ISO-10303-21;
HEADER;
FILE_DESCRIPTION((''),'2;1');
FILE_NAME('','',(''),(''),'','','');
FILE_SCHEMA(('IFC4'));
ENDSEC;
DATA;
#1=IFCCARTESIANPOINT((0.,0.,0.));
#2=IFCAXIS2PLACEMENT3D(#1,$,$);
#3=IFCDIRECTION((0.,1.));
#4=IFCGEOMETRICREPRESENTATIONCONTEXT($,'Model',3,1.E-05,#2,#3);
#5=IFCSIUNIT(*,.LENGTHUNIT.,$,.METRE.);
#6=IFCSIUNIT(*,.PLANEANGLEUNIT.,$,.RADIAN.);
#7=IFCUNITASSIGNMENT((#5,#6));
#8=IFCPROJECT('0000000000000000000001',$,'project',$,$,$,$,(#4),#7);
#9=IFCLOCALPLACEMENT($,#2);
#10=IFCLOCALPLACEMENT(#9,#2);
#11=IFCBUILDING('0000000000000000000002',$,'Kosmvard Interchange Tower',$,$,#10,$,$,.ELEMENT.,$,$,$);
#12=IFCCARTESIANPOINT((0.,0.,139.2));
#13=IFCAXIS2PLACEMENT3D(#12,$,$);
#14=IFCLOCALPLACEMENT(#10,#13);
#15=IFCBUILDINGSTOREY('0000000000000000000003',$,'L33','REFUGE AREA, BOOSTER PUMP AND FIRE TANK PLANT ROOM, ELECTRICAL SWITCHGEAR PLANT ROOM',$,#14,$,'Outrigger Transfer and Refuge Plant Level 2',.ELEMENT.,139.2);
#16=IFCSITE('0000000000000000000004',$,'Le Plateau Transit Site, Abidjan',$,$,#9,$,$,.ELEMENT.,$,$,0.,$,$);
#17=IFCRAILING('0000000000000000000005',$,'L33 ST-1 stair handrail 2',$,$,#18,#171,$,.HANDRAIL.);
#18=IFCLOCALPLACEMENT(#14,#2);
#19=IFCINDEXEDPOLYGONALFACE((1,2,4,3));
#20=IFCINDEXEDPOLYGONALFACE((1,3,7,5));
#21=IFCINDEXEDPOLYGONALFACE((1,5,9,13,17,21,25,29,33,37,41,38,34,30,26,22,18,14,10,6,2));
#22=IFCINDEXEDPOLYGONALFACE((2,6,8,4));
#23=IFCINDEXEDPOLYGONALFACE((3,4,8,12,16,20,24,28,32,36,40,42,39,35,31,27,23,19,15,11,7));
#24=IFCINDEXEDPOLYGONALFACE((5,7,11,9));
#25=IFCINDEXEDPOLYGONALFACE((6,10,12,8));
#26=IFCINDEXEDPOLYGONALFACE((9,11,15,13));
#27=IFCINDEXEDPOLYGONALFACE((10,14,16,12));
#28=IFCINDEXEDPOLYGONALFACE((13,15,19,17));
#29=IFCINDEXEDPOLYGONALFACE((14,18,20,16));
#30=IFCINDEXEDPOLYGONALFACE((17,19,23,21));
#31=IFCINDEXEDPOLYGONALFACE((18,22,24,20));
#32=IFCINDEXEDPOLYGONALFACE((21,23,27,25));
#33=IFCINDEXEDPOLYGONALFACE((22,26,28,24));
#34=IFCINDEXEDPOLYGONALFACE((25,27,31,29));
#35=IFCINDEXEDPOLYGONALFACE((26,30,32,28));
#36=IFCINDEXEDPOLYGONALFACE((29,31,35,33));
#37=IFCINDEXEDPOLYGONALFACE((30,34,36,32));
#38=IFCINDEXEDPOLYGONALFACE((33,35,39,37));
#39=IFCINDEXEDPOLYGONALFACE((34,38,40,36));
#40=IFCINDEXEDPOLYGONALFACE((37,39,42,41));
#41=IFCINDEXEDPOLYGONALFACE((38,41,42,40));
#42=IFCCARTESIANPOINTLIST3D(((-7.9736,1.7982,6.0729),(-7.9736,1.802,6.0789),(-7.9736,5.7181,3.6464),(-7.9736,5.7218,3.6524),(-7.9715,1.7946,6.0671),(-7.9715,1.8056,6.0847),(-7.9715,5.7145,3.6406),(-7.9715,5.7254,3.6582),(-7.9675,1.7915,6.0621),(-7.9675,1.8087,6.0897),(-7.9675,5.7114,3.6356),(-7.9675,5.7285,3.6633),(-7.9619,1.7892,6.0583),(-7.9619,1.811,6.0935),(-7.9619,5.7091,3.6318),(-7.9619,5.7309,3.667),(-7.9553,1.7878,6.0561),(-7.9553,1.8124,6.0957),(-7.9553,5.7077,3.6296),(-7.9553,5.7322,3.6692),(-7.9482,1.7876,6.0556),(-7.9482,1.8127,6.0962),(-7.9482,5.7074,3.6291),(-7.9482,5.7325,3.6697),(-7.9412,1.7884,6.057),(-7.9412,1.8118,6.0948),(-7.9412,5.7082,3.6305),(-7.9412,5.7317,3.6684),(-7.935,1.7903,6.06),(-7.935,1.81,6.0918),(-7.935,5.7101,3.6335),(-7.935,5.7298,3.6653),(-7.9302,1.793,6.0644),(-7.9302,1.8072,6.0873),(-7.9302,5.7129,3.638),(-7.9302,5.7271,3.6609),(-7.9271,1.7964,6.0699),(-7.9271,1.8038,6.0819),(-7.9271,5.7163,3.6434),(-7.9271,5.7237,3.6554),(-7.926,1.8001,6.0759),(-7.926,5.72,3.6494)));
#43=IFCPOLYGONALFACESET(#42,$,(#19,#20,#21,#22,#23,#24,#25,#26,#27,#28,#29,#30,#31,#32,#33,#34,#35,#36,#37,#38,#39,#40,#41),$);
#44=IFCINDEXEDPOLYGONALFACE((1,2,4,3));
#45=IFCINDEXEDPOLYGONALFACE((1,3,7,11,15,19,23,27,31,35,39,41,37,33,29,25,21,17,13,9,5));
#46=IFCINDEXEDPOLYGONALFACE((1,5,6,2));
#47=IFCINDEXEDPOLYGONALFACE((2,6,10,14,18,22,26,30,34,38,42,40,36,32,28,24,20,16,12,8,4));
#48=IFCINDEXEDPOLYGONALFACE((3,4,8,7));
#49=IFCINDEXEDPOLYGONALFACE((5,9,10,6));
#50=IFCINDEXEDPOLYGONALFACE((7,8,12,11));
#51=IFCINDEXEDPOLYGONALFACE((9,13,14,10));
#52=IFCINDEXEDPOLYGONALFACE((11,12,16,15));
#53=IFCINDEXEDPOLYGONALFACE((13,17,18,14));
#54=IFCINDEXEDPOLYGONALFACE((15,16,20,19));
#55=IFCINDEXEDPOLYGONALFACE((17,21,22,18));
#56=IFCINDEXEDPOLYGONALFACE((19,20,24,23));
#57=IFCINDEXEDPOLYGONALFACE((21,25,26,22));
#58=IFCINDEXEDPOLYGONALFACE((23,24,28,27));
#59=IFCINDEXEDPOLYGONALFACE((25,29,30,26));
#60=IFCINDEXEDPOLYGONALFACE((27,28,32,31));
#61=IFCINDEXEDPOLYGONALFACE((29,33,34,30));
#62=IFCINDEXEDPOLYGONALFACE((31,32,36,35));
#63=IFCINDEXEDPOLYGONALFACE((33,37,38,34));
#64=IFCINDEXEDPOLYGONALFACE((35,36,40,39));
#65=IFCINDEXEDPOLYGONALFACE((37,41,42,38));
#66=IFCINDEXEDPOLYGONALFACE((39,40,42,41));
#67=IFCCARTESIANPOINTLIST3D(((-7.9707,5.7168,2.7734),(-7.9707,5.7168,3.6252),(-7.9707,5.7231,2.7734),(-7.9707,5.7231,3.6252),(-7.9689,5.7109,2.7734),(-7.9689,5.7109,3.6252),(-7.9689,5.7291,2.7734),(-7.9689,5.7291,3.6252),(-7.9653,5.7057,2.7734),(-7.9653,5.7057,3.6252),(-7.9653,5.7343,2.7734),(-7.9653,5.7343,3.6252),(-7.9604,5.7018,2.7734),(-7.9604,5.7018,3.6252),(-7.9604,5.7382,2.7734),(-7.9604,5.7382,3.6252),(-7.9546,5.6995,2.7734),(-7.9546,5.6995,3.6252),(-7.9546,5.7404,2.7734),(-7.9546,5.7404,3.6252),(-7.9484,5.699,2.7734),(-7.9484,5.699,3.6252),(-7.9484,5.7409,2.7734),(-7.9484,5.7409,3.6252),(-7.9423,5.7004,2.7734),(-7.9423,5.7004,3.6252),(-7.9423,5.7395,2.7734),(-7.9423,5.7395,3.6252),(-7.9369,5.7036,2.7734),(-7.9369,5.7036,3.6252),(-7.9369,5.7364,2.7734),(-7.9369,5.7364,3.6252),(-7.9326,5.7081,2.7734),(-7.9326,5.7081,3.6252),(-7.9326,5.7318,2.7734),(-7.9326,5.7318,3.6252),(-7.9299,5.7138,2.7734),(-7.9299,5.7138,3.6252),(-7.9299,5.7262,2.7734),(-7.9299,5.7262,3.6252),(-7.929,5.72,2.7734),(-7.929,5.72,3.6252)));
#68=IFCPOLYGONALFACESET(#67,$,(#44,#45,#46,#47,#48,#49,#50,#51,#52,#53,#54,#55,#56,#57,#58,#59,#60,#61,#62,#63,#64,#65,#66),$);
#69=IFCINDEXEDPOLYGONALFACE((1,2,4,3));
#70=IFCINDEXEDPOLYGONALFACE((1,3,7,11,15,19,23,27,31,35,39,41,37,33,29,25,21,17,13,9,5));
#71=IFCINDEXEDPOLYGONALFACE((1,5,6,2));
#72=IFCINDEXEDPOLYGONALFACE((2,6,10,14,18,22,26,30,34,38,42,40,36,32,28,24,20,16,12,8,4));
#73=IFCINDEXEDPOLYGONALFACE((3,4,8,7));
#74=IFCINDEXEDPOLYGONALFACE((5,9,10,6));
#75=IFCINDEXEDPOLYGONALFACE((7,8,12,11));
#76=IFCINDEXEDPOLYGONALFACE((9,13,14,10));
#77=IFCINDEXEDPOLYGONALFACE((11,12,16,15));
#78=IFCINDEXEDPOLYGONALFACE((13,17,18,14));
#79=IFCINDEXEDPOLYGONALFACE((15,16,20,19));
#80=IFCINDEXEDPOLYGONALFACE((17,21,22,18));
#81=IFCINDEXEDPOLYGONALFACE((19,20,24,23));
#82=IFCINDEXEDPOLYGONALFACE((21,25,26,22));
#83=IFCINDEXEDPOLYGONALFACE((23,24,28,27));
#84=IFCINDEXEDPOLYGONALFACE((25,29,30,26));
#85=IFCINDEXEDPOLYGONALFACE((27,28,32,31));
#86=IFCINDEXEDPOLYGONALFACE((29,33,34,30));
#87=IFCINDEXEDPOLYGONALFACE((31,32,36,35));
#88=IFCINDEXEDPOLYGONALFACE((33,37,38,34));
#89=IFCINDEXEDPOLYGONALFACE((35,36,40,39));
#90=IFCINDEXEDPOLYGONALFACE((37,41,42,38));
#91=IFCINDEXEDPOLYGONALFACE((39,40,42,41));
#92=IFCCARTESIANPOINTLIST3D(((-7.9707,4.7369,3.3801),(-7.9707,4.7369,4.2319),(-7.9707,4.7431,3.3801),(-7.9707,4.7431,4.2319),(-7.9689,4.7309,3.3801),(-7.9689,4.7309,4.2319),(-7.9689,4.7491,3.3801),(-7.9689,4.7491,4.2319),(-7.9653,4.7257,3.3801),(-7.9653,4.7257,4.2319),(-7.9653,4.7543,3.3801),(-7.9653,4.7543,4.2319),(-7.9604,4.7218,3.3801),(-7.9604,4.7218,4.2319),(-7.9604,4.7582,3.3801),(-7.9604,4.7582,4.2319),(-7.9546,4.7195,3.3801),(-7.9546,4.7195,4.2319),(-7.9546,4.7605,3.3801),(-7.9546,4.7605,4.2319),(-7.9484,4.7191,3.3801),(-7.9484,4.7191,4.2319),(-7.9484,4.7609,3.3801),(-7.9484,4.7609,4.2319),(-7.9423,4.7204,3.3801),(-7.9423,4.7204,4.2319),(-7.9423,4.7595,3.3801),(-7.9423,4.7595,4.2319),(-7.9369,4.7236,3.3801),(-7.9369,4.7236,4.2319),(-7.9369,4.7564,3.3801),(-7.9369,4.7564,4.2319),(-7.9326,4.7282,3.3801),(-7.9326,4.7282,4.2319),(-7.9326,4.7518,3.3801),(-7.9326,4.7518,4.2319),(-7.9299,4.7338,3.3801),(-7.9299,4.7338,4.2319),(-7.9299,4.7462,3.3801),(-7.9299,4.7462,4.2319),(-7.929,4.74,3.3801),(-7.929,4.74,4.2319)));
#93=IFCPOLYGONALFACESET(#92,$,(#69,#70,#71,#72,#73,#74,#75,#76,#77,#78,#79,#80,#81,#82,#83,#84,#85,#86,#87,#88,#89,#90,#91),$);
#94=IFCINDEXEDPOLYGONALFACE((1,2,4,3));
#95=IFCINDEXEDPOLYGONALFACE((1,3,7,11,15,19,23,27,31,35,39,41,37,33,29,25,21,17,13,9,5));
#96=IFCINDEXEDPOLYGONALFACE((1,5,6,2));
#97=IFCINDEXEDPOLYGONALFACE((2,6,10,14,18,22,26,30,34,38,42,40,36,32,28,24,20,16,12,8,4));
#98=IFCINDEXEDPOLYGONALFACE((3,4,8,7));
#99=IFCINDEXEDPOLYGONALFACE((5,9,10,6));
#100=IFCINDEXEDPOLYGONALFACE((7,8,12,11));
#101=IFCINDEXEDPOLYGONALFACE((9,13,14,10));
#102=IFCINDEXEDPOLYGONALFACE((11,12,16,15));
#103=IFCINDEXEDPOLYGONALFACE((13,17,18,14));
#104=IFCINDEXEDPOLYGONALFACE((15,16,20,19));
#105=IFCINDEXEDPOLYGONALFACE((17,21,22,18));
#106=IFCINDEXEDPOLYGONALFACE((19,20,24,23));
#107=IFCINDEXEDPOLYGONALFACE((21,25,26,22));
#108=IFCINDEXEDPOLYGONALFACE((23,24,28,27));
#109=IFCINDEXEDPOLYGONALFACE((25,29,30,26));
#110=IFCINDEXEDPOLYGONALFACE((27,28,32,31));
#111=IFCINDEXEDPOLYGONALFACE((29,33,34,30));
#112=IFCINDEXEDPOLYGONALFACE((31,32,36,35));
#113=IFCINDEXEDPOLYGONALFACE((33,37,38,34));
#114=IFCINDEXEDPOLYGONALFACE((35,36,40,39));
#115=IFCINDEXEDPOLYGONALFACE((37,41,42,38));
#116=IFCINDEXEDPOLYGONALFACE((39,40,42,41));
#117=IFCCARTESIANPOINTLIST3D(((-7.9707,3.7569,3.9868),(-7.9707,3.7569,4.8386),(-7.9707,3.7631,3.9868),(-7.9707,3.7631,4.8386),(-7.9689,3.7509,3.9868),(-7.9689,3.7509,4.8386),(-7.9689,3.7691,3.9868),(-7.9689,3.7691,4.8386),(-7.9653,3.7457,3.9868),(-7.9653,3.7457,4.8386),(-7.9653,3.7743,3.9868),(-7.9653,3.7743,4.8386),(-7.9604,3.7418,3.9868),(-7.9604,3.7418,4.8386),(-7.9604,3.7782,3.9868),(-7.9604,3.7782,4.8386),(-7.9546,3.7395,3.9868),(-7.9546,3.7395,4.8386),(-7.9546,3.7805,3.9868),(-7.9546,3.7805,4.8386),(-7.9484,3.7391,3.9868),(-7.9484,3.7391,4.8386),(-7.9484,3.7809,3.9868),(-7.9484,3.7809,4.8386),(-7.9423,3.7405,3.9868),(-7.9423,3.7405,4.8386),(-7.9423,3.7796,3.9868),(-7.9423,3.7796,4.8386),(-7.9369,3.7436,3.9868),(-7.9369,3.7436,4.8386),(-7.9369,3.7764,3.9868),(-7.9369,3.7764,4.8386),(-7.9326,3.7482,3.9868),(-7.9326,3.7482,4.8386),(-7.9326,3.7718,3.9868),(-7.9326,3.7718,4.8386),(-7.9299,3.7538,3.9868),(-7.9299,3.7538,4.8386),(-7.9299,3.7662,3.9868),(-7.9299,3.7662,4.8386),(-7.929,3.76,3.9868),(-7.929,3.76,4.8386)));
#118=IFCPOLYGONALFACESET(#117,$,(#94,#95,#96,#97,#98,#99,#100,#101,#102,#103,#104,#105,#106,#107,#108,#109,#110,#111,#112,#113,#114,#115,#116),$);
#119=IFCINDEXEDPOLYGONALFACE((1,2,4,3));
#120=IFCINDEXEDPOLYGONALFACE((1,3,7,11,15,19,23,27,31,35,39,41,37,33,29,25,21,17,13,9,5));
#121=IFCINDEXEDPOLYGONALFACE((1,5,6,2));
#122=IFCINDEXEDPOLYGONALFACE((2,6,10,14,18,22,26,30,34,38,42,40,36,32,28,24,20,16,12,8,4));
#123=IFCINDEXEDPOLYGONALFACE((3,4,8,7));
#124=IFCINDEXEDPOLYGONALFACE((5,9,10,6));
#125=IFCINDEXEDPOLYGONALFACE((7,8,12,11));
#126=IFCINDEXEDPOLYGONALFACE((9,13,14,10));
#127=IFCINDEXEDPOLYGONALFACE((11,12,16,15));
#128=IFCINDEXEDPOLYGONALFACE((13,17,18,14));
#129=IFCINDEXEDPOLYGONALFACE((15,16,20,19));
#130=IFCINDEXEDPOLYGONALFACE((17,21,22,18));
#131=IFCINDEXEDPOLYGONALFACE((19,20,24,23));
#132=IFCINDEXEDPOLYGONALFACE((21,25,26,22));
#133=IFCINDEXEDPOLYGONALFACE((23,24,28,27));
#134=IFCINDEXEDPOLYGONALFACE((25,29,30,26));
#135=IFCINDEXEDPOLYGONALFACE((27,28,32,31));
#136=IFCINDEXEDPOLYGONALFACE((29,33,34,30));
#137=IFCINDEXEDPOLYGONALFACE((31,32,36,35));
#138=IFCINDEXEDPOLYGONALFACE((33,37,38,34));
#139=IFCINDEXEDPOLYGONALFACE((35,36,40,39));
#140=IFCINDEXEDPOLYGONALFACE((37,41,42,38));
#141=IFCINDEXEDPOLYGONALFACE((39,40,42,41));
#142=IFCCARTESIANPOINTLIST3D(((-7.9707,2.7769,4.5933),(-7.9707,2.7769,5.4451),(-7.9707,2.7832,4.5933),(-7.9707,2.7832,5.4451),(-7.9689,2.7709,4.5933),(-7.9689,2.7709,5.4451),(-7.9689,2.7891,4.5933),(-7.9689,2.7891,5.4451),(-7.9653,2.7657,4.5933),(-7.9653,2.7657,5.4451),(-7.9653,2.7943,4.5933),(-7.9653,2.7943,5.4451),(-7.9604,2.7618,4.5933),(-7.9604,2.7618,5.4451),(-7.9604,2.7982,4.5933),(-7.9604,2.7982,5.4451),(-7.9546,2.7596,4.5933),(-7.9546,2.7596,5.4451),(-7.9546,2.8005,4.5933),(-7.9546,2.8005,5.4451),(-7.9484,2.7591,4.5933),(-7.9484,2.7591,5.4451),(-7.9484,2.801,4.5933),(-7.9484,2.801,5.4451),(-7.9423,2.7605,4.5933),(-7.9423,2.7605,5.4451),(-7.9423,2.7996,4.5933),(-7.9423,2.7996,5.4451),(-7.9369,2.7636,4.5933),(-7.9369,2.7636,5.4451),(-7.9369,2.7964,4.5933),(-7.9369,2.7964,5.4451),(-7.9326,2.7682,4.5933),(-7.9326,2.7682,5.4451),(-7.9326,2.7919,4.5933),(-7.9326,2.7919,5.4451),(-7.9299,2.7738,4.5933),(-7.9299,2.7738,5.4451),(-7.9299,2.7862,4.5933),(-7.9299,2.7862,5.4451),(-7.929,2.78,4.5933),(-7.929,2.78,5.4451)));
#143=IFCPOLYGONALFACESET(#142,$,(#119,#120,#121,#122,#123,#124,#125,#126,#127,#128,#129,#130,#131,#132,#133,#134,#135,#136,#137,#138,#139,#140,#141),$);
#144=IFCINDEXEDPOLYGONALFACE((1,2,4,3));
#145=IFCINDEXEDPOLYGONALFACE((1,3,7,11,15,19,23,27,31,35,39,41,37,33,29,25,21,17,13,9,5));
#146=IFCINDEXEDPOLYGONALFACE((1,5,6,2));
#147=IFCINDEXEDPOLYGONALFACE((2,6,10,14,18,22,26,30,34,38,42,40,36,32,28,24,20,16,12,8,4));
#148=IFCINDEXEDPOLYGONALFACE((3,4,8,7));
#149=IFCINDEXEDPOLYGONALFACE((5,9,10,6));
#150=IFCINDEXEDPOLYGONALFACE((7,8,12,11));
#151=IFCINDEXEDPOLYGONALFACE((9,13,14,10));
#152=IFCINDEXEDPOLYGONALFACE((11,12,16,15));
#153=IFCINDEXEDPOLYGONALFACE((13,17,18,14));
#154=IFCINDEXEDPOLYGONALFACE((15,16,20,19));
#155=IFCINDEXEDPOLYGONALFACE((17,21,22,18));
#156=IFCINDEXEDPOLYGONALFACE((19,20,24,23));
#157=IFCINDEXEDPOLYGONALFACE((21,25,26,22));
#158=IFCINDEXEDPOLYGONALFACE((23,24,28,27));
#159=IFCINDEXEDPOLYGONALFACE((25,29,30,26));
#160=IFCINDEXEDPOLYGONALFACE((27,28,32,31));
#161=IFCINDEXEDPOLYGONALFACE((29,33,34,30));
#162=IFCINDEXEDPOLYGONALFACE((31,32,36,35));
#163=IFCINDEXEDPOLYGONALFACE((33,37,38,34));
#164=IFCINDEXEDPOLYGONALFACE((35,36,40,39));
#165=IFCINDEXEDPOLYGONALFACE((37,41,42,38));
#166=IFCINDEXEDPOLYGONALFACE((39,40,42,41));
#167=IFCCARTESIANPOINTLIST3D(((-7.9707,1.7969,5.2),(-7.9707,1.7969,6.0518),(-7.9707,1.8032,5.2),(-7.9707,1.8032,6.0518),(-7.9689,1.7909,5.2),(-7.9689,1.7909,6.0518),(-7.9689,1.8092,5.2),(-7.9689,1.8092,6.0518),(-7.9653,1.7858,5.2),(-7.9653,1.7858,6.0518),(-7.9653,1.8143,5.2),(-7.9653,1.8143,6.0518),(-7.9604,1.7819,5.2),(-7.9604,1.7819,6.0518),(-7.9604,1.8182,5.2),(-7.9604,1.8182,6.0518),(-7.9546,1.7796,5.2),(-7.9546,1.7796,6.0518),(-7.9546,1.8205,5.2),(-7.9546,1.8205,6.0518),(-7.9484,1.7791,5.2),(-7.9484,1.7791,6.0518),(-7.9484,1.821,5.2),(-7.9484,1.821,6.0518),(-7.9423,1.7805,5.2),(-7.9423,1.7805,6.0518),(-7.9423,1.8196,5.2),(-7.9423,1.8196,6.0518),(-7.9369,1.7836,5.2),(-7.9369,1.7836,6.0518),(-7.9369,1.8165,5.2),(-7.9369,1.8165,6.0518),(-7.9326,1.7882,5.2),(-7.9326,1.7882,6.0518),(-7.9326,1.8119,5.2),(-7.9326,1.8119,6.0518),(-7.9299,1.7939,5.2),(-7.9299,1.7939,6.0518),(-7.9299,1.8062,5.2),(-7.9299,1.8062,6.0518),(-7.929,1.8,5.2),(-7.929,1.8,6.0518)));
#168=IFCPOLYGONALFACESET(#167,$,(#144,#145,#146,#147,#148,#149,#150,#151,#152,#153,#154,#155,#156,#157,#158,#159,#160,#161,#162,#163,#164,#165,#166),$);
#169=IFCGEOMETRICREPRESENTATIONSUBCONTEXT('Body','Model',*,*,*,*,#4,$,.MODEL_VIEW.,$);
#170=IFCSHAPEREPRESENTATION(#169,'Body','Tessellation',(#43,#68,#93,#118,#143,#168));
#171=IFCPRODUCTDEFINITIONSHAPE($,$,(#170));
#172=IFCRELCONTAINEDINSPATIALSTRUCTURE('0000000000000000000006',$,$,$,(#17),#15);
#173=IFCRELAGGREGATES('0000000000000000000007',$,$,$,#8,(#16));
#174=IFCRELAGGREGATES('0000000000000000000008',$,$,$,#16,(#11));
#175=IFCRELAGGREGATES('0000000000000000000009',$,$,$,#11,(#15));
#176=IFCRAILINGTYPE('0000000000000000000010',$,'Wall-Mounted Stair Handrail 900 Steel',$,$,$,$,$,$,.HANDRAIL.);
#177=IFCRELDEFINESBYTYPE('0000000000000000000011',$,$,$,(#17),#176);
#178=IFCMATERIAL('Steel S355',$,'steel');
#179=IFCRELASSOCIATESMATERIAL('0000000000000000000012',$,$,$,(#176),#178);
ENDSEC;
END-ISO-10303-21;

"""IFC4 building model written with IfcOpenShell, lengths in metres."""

from ifc_helpers import new_model, si_unit, direction, frame, origin, origin_2d, place, context, subcontext, project, spatial, circle, extrude, source, transform, mapped, material, type_object, element, save


model = new_model("IFC4")

# Units and contexts
model_context = context("Model", 3, precision=1e-05, world=origin(), true_north=direction((0.0, 1.0)))
body_context = subcontext(model_context, "Body", "Model", "MODEL_VIEW")
ifc_project = project(units=[si_unit("LENGTHUNIT", "METRE"), si_unit("PLANEANGLEUNIT", "RADIAN")], contexts=[model_context])

# Site, building, storey
site_placement = place(None, origin())
site = spatial("IfcSite", under=ifc_project, at=site_placement, Name="Le Plateau Transit Site, Abidjan", CompositionType="ELEMENT", RefElevation=0.0)
building_placement = place(site_placement, origin())
building = spatial("IfcBuilding", under=site, at=building_placement, Name="Kosmvard Interchange Tower", CompositionType="ELEMENT")
storey_placement = place(building_placement, frame((0.0, 0.0, 139.2)))
storey = spatial("IfcBuildingStorey", under=building, at=storey_placement, Name="L33", Description="REFUGE AREA, BOOSTER PUMP AND FIRE TANK PLANT ROOM, ELECTRICAL SWITCHGEAR PLANT ROOM", LongName="Outrigger Transfer and Refuge Plant Level 2", CompositionType="ELEMENT", Elevation=139.2)

# Railing
ifc_material_1 = material(Name="Steel S355", Category="steel")
railing_type_1 = type_object("IfcRailingType", Name="Wall-Mounted Stair Handrail 900 Steel", PredefinedType="HANDRAIL", material=ifc_material_1)
shared_shape_1 = source(origin(), body_context, "Body", "SweptSolid", [
    extrude(circle(Radius=0.0239, at=origin_2d()), frame((0.0, 0.0, 0.876), z_axis=(0.0, -0.850275, 0.526338), x_axis=(1.0, 0.0, 0.0)), (0.0, 0.0, 1.0), 4.6101),
    extrude(circle(Radius=0.021, at=origin_2d()), origin(), (0.0, 0.0, 1.0), 0.8518),
    extrude(circle(Radius=0.021, at=origin_2d()), frame((0.0, -0.98, 0.6067)), (0.0, 0.0, 1.0), 0.8518),
    extrude(circle(Radius=0.021, at=origin_2d()), frame((0.0, -1.96, 1.2134)), (0.0, 0.0, 1.0), 0.8518),
    extrude(circle(Radius=0.021, at=origin_2d()), frame((0.0, -2.9399, 1.8198)), (0.0, 0.0, 1.0), 0.8518),
    extrude(circle(Radius=0.021, at=origin_2d()), frame((0.0, -3.9199, 2.4265)), (0.0, 0.0, 1.0), 0.8518),
])
railing_1_placement = place(storey_placement, frame((-7.95, 5.72, 2.7734)))
element("IfcRailing", 1, at=railing_1_placement, inside=storey, type_object=railing_type_1, Name="L33 ST-1 stair handrail 2", PredefinedType="HANDRAIL", context=body_context, shape_type="MappedRepresentation", body=[
    mapped(shared_shape_1, transform((0.0, 0.0, 0.0), scale=1.0)),
])

save(model, "model.ifc")
